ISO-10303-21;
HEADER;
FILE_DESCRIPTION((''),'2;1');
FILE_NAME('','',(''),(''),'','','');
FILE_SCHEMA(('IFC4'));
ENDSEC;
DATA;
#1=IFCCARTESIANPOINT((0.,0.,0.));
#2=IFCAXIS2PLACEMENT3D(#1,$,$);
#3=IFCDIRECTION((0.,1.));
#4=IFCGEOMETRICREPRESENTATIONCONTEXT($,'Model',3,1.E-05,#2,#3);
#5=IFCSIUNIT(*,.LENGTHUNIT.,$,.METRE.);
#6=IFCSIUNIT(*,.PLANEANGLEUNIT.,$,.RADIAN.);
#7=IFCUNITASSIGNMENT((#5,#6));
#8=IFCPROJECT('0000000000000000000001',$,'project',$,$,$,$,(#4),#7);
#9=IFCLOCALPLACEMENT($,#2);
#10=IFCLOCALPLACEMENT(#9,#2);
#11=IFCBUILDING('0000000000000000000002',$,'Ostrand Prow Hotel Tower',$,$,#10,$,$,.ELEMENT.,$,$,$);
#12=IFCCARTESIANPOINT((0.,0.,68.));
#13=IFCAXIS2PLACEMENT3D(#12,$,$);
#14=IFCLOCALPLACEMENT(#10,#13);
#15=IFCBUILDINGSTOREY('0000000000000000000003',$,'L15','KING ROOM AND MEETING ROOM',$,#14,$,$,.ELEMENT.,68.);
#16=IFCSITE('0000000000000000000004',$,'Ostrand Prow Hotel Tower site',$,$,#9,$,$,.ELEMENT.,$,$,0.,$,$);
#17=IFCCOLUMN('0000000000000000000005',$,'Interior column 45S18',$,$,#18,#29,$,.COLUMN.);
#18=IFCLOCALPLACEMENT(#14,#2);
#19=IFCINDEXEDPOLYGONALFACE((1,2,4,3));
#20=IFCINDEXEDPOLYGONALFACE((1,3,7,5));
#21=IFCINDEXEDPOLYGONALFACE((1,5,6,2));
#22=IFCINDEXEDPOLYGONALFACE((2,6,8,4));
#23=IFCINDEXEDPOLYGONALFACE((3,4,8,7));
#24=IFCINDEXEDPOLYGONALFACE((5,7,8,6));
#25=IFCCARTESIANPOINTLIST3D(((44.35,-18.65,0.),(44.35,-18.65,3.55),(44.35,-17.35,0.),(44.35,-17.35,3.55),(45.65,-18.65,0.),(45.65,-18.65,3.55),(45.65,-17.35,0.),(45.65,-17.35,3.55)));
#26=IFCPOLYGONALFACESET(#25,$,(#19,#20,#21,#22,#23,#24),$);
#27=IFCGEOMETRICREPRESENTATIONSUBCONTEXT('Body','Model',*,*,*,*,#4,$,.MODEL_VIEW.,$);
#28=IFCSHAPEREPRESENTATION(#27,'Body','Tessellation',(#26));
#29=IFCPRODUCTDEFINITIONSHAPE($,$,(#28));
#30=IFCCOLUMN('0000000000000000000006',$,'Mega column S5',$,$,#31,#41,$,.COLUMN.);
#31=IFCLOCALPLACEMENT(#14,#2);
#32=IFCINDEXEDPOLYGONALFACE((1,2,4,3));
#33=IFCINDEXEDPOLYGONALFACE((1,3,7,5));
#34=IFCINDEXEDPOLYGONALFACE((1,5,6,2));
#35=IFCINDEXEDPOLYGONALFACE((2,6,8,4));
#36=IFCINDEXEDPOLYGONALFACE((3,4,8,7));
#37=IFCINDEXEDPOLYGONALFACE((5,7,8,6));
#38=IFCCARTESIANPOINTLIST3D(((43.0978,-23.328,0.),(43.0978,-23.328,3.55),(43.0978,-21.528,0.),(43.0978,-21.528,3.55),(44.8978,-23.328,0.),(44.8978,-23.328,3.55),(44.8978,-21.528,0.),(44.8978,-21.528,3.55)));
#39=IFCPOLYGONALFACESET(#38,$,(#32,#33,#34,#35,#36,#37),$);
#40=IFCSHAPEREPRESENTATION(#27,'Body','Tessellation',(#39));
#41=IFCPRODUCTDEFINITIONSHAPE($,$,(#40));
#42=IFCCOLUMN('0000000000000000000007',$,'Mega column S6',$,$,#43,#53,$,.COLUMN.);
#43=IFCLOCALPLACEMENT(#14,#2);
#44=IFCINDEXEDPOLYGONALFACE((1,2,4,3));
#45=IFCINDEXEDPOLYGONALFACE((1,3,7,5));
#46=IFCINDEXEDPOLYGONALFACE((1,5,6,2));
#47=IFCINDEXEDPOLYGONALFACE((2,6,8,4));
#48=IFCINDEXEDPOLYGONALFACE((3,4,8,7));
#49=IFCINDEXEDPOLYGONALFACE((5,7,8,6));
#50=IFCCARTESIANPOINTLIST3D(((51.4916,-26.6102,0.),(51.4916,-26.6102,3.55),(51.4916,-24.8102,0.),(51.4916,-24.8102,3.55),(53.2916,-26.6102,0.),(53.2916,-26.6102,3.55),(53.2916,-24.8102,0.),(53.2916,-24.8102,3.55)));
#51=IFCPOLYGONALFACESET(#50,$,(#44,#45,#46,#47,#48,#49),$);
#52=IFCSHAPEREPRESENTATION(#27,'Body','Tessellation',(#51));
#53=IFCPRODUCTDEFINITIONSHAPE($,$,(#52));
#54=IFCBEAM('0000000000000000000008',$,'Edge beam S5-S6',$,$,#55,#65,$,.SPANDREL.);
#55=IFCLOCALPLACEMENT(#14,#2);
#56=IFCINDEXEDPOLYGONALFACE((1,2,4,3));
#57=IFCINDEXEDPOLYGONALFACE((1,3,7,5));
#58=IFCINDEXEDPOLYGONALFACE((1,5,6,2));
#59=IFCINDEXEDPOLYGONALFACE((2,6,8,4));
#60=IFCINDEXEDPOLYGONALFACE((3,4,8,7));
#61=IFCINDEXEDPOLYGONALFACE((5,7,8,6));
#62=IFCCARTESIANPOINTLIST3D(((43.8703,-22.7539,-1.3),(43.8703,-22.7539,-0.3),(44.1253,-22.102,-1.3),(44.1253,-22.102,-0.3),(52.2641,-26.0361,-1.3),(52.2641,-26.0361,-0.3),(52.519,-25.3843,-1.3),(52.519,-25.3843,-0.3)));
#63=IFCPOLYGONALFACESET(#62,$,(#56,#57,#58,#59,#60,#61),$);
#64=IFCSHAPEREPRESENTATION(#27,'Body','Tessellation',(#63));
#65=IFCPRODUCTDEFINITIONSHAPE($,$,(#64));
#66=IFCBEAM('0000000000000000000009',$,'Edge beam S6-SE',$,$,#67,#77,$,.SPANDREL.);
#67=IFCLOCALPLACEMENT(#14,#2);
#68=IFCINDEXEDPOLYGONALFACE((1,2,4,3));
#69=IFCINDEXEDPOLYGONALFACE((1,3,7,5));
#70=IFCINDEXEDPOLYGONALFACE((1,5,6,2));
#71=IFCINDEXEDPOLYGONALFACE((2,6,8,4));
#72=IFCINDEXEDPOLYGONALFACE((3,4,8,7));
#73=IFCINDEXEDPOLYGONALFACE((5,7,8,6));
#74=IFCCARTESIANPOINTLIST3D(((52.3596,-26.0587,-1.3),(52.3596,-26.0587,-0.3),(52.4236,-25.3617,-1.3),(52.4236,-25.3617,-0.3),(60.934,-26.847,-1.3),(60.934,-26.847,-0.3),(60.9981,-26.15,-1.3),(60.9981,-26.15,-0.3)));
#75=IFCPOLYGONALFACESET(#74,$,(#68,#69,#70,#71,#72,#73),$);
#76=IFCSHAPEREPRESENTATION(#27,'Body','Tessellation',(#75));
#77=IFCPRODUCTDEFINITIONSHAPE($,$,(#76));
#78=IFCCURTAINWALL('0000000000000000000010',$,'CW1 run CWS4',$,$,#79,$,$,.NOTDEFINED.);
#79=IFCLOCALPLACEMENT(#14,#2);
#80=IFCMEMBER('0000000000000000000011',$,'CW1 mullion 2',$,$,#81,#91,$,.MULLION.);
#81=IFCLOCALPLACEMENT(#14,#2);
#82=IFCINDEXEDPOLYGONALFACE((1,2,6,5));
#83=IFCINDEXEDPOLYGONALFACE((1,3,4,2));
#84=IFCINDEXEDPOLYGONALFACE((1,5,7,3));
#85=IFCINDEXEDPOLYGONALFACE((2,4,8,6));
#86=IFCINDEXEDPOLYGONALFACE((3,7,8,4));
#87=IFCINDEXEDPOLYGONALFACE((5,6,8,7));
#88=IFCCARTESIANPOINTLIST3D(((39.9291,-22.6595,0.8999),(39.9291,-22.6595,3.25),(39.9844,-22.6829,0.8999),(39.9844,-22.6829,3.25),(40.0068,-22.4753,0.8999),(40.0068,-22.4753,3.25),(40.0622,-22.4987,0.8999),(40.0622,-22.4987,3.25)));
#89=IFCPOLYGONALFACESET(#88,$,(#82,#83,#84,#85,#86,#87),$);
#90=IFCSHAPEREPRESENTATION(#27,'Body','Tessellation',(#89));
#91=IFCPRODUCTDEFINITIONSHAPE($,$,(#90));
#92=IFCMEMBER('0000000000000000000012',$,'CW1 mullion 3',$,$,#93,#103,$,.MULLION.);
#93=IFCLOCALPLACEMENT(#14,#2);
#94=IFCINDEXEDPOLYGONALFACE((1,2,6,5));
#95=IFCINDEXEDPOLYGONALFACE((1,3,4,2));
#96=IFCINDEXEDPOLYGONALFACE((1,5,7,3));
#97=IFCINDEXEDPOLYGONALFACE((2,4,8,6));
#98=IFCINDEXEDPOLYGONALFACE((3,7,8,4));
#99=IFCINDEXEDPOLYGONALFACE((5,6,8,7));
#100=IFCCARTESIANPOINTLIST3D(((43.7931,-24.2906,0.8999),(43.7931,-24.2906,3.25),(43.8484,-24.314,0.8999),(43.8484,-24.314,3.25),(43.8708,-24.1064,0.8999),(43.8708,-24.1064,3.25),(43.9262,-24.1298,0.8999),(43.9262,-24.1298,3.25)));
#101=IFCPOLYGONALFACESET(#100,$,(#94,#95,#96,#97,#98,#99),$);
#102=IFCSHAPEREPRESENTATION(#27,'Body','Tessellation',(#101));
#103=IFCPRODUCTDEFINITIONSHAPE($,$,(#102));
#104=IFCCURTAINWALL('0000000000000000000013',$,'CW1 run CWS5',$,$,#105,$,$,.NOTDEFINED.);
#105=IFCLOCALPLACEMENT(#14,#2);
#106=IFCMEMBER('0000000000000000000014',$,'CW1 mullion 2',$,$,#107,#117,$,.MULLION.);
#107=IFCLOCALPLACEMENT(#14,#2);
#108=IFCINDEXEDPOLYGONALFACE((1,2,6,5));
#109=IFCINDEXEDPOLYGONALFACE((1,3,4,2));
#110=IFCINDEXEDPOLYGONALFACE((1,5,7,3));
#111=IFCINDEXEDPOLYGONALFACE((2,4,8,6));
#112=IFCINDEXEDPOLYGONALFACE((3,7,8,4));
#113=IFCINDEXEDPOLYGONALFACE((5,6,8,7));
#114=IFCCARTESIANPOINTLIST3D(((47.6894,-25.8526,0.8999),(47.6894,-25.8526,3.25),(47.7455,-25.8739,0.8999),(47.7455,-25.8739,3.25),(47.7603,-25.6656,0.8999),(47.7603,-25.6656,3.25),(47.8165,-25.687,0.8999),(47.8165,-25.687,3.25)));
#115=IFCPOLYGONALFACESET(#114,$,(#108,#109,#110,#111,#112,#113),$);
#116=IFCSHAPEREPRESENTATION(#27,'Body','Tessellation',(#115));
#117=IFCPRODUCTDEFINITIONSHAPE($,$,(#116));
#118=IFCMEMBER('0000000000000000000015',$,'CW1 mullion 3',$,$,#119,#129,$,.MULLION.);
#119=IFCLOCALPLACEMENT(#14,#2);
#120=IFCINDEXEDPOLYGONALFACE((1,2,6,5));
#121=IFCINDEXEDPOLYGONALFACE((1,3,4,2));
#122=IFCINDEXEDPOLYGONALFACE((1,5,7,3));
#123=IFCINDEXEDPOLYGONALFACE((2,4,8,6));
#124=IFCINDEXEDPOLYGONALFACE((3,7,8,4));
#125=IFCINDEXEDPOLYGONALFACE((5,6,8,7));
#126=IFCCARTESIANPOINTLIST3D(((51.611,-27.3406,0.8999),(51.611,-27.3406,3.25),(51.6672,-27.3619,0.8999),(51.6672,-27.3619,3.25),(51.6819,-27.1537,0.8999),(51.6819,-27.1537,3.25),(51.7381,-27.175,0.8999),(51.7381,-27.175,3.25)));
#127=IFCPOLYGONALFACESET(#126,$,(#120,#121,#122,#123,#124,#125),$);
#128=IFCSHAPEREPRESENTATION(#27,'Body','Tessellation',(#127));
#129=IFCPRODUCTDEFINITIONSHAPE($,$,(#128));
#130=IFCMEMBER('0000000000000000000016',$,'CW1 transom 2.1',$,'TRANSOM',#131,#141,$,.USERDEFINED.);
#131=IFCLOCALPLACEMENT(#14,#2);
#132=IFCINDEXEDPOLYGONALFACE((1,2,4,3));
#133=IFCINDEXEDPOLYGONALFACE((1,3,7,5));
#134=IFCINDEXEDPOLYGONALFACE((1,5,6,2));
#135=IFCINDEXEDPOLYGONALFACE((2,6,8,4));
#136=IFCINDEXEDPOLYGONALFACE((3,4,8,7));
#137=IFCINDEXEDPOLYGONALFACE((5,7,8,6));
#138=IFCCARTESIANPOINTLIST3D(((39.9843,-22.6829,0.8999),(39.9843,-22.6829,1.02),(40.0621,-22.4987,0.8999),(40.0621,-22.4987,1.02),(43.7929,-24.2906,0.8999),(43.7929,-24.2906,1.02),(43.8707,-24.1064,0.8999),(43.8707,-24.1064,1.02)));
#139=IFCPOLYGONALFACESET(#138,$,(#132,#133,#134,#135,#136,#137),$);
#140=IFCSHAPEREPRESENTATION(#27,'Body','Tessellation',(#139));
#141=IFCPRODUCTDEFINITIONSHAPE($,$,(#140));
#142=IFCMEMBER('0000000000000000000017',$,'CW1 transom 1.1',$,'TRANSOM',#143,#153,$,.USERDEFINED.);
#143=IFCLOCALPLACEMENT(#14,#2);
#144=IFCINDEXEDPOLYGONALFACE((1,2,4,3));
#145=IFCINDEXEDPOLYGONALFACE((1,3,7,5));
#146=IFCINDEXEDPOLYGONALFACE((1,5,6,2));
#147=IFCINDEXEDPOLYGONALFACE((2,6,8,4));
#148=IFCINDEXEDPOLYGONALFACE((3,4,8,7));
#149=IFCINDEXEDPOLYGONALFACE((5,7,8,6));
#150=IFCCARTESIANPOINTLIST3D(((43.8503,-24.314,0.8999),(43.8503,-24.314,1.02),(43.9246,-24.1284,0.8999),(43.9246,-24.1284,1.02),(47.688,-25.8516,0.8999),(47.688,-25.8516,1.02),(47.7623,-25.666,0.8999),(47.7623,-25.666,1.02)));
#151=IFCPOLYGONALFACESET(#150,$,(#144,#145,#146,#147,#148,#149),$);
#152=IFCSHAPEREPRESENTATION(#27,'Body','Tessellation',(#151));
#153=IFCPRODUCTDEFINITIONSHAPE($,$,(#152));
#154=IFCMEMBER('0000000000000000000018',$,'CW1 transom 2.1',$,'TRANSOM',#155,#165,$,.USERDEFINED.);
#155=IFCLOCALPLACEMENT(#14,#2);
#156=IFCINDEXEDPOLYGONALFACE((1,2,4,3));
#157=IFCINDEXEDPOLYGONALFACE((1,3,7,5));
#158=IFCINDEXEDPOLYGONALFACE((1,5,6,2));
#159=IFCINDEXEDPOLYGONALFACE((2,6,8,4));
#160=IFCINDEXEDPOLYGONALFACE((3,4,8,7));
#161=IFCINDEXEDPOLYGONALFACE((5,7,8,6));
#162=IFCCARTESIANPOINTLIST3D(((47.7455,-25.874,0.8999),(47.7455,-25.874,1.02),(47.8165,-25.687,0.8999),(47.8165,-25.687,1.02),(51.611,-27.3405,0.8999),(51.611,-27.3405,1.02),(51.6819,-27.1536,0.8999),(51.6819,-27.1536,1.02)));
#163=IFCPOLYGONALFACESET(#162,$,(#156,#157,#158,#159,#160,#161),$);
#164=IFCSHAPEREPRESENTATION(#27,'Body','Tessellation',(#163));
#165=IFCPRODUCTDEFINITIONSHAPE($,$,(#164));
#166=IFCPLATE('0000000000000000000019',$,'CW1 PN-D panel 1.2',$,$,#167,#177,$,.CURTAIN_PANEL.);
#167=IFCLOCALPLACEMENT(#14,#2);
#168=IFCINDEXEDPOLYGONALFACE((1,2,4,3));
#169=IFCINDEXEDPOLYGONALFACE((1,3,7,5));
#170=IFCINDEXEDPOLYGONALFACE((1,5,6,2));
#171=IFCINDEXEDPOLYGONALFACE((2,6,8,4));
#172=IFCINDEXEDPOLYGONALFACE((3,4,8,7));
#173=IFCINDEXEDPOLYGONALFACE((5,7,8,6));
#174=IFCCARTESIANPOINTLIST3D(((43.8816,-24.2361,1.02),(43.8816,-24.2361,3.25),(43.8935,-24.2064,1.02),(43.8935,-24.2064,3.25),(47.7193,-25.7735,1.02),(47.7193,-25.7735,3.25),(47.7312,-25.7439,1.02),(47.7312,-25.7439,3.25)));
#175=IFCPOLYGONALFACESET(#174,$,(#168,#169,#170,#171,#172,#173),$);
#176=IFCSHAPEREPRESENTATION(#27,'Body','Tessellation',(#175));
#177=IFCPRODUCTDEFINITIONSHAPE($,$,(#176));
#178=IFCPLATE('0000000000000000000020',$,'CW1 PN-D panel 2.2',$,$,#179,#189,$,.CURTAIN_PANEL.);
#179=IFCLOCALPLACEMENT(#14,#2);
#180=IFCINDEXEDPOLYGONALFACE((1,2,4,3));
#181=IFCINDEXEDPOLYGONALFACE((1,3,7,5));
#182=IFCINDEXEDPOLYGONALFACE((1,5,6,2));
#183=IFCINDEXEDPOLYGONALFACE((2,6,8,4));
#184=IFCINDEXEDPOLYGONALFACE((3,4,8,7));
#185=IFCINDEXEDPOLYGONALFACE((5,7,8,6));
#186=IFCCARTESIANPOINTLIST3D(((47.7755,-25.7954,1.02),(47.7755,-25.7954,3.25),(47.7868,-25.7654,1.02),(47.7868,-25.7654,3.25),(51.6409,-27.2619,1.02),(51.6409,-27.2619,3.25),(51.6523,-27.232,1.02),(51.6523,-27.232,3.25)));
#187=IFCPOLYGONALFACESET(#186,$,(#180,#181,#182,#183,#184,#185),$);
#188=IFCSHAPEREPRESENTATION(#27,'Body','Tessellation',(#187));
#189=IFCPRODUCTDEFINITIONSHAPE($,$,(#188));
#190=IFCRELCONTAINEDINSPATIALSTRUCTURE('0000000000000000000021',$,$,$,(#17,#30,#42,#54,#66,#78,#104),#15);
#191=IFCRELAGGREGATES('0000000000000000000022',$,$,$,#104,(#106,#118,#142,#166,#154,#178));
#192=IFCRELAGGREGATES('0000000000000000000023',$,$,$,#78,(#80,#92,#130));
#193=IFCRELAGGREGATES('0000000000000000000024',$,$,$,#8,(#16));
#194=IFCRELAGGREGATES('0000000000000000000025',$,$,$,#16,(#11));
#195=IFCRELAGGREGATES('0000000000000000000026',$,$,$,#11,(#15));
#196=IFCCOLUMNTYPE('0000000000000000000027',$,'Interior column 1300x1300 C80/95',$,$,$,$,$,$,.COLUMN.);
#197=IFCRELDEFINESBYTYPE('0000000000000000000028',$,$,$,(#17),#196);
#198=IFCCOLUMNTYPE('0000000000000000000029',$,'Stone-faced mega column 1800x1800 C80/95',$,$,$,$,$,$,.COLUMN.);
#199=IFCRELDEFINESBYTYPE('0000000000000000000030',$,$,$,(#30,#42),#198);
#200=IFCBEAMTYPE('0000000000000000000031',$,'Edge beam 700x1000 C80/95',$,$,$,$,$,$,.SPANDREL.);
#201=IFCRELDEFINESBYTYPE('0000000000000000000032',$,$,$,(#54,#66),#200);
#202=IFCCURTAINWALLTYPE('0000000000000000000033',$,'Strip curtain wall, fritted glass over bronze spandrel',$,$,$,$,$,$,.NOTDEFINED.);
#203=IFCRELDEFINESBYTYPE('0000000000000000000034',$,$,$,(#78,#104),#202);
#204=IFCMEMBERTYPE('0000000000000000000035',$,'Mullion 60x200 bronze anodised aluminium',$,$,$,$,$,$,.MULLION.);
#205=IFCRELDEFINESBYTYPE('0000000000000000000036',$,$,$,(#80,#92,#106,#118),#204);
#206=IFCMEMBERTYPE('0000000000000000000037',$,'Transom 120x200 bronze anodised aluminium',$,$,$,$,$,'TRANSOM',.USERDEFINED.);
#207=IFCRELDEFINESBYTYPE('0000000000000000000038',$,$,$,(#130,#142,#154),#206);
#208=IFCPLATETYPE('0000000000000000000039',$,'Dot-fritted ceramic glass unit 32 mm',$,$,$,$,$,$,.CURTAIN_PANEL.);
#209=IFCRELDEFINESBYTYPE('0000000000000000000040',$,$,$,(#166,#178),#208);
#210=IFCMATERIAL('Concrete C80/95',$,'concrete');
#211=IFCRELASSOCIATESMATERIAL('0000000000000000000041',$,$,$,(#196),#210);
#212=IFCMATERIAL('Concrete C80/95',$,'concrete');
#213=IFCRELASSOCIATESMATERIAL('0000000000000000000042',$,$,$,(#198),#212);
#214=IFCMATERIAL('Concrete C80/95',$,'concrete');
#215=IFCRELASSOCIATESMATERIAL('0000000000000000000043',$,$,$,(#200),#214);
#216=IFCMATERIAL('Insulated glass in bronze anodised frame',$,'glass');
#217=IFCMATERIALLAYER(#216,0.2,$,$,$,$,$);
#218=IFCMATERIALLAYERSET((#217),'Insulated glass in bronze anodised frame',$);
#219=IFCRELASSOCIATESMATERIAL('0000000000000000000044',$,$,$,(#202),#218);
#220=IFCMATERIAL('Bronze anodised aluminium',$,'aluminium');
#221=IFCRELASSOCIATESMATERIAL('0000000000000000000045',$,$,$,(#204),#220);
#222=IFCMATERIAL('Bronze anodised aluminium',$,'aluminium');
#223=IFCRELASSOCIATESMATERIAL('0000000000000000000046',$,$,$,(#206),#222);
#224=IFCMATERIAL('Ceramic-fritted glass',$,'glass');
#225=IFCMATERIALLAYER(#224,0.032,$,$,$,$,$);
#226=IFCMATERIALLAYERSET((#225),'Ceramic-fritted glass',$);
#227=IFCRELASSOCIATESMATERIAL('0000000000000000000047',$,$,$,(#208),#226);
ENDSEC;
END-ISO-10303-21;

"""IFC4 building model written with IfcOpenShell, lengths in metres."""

from ifc_helpers import new_model, si_unit, direction, frame, origin, origin_2d, place, context, subcontext, project, spatial, rectangle, extrude, material, layer, layer_set, material_profile, profile_set, type_object, element, aggregate, save


model = new_model("IFC4")

# Units and contexts
model_context = context("Model", 3, precision=1e-05, world=origin(), true_north=direction((0.0, 1.0)))
body_context = subcontext(model_context, "Body", "Model", "MODEL_VIEW")
ifc_project = project(units=[si_unit("LENGTHUNIT", "METRE"), si_unit("PLANEANGLEUNIT", "RADIAN")], contexts=[model_context])

# Site, building, storey
site_placement = place(None, origin())
site = spatial("IfcSite", under=ifc_project, at=site_placement, Name="Ostrand Prow Hotel Tower site", CompositionType="ELEMENT", RefElevation=0.0)
building_placement = place(site_placement, origin())
building = spatial("IfcBuilding", under=site, at=building_placement, Name="Ostrand Prow Hotel Tower", CompositionType="ELEMENT")
storey_placement = place(building_placement, frame((0.0, 0.0, 68.0)))
storey = spatial("IfcBuildingStorey", under=building, at=storey_placement, Name="L15", Description="KING ROOM AND MEETING ROOM", CompositionType="ELEMENT", Elevation=68.0)

# Columns
ifc_material_1 = material(Name="Concrete C80/95", Category="concrete")
ifc_material_profile_1 = material_profile(ifc_material_1, rectangle(XDim=1.3, YDim=1.3, at=origin_2d()), Name="RC 1300x1300")
ifc_profile_set_1 = profile_set([ifc_material_profile_1], Name="Concrete C80/95")
column_type_1 = type_object("IfcColumnType", Name="Interior column 1300x1300 C80/95", PredefinedType="COLUMN", material=ifc_profile_set_1)
column_placement = place(storey_placement, frame((45.0, -18.0, 0.0), z_axis=(0.0, 0.0, 1.0), x_axis=(1.0, 0.0, 0.0)))
element("IfcColumn", 1, at=column_placement, inside=storey, type_object=column_type_1, Name="Interior column 45S18", PredefinedType="COLUMN", context=body_context, shape_type="SweptSolid", body=[
    extrude(rectangle(XDim=1.3, YDim=1.3, at=origin_2d()), origin(), (0.0, 0.0, 1.0), 3.55),
])
ifc_material_2 = material(Name="Concrete C80/95", Category="concrete")
ifc_material_profile_2 = material_profile(ifc_material_2, rectangle(XDim=1.8, YDim=1.8, at=origin_2d()), Name="RC 1800x1800")
ifc_profile_set_2 = profile_set([ifc_material_profile_2], Name="Concrete C80/95")
column_type_2 = type_object("IfcColumnType", Name="Stone-faced mega column 1800x1800 C80/95", PredefinedType="COLUMN", material=ifc_profile_set_2)
for number, where, z_axis, x_axis, name in (
    (2, (43.9978, -22.428, 0.0), (0.0, 0.0, 1.0), (1.0, 0.0, 0.0), "Mega column S5"),
    (3, (52.3916, -25.7102, 0.0), (0.0, 0.0, 1.0), (1.0, 0.0, 0.0), "Mega column S6"),
):
    element("IfcColumn", number, at=place(storey_placement, frame(where, z_axis=z_axis, x_axis=x_axis)), inside=storey, type_object=column_type_2, Name=name, PredefinedType="COLUMN", context=body_context, shape_type="SweptSolid", body=[
        extrude(rectangle(XDim=1.8, YDim=1.8, at=origin_2d()), origin(), (0.0, 0.0, 1.0), 3.55),
    ])

# Beams
ifc_material_3 = material(Name="Concrete C80/95", Category="concrete")
ifc_material_profile_3 = material_profile(ifc_material_3, rectangle(XDim=0.7, YDim=1.0, at=origin_2d()), Name="RC 700x1000")
ifc_profile_set_3 = profile_set([ifc_material_profile_3], Name="Concrete C80/95")
beam_type = type_object("IfcBeamType", Name="Edge beam 700x1000 C80/95", PredefinedType="SPANDREL", material=ifc_profile_set_3)
beam_1_placement = place(storey_placement, frame((43.9978, -22.428, -0.8), z_axis=(0.931329, -0.364178, 0.0), x_axis=(0.364178, 0.931329, 0.0)))
element("IfcBeam", 4, at=beam_1_placement, inside=storey, type_object=beam_type, Name="Edge beam S5-S6", PredefinedType="SPANDREL", context=body_context, shape_type="SweptSolid", body=[
    extrude(rectangle(XDim=0.7, YDim=1.0, at=origin_2d()), origin(), (0.0, 0.0, 1.0), 9.0127),
])
beam_2_placement = place(storey_placement, frame((52.3916, -25.7102, -0.8), z_axis=(0.9958, -0.091553, 0.0), x_axis=(0.091553, 0.9958, 0.0)))
element("IfcBeam", 5, at=beam_2_placement, inside=storey, type_object=beam_type, Name="Edge beam S6-SE", PredefinedType="SPANDREL", context=body_context, shape_type="SweptSolid", body=[
    extrude(rectangle(XDim=0.7, YDim=1.0, at=origin_2d()), origin(), (0.0, 0.0, 1.0), 8.6106),
])

# Curtain walls, members
ifc_material_4 = material(Name="Insulated glass in bronze anodised frame", Category="glass")
ifc_layer_1 = layer(ifc_material_4, 0.2)
ifc_layer_set_1 = layer_set([ifc_layer_1], Name="Insulated glass in bronze anodised frame")
curtain_wall_type = type_object("IfcCurtainWallType", Name="Strip curtain wall, fritted glass over bronze spandrel", PredefinedType="NOTDEFINED", material=ifc_layer_set_1)
curtain_wall_1_placement = place(storey_placement, origin())
curtain_wall_1 = element("IfcCurtainWall", 6, at=curtain_wall_1_placement, inside=storey, type_object=curtain_wall_type, Name="CW1 run CWS4", PredefinedType="NOTDEFINED")
ifc_material_5 = material(Name="Bronze anodised aluminium", Category="aluminium")
ifc_material_profile_4 = material_profile(ifc_material_5, rectangle(XDim=0.2, YDim=0.0601, at=origin_2d()), Name="Mullion 60x200 bronze anodised aluminium")
ifc_profile_set_4 = profile_set([ifc_material_profile_4], Name="Bronze anodised aluminium")
member_type_1 = type_object("IfcMemberType", Name="Mullion 60x200 bronze anodised aluminium", PredefinedType="MULLION", material=ifc_profile_set_4)
member_1_placement = place(storey_placement, frame((39.9956, -22.5791, 0.8999), z_axis=(0.0, 0.0, 1.0), x_axis=(0.388892, 0.921283, 0.0)))
member_1 = element("IfcMember", 7, at=member_1_placement, type_object=member_type_1, Name="CW1 mullion 2", PredefinedType="MULLION", context=body_context, shape_type="SweptSolid", body=[
    extrude(rectangle(XDim=0.2, YDim=0.0601, at=origin_2d()), origin(), (0.0, 0.0, 1.0), 2.3501),
])
member_2_placement = place(storey_placement, frame((43.8596, -24.2102, 0.8999), z_axis=(0.0, 0.0, 1.0), x_axis=(0.388892, 0.921283, 0.0)))
member_2 = element("IfcMember", 8, at=member_2_placement, type_object=member_type_1, Name="CW1 mullion 3", PredefinedType="MULLION", context=body_context, shape_type="SweptSolid", body=[
    extrude(rectangle(XDim=0.2, YDim=0.0601, at=origin_2d()), origin(), (0.0, 0.0, 1.0), 2.3501),
])
curtain_wall_2_placement = place(storey_placement, origin())
curtain_wall_2 = element("IfcCurtainWall", 9, at=curtain_wall_2_placement, inside=storey, type_object=curtain_wall_type, Name="CW1 run CWS5", PredefinedType="NOTDEFINED")
member_3_placement = place(storey_placement, frame((47.7529, -25.7698, 0.8999), z_axis=(0.0, 0.0, 1.0), x_axis=(0.354728, 0.934969, 0.0)))
member_3 = element("IfcMember", 10, at=member_3_placement, type_object=member_type_1, Name="CW1 mullion 2", PredefinedType="MULLION", context=body_context, shape_type="SweptSolid", body=[
    extrude(rectangle(XDim=0.2, YDim=0.0601, at=origin_2d()), origin(), (0.0, 0.0, 1.0), 2.3501),
])
member_4_placement = place(storey_placement, frame((51.6746, -27.2578, 0.8999), z_axis=(0.0, 0.0, 1.0), x_axis=(0.354728, 0.934969, 0.0)))
member_4 = element("IfcMember", 11, at=member_4_placement, type_object=member_type_1, Name="CW1 mullion 3", PredefinedType="MULLION", context=body_context, shape_type="SweptSolid", body=[
    extrude(rectangle(XDim=0.2, YDim=0.0601, at=origin_2d()), origin(), (0.0, 0.0, 1.0), 2.3501),
])

# Members
ifc_material_6 = material(Name="Bronze anodised aluminium", Category="aluminium")
ifc_material_profile_5 = material_profile(ifc_material_6, rectangle(XDim=0.2, YDim=0.1201, at=origin_2d()), Name="Transom 120x200 bronze anodised aluminium")
ifc_profile_set_5 = profile_set([ifc_material_profile_5], Name="Bronze anodised aluminium")
member_type_2 = type_object("IfcMemberType", Name="Transom 120x200 bronze anodised aluminium", ElementType="TRANSOM", PredefinedType="USERDEFINED", material=ifc_profile_set_5)
member_5_placement = place(storey_placement, frame((40.0232, -22.5908, 0.96), z_axis=(0.921285, -0.388888, 0.0), x_axis=(0.388888, 0.921285, 0.0)))
member_5 = element("IfcMember", 12, at=member_5_placement, type_object=member_type_2, Name="CW1 transom 2.1", ObjectType="TRANSOM", PredefinedType="USERDEFINED", context=body_context, shape_type="SweptSolid", body=[
    extrude(rectangle(XDim=0.2, YDim=0.1201, at=origin_2d()), origin(), (0.0, 0.0, 1.0), 4.134),
])
member_6_placement = place(storey_placement, frame((43.8875, -24.2212, 0.96), z_axis=(0.928265, -0.37192, 0.0), x_axis=(0.37192, 0.928265, 0.0)))
member_6 = element("IfcMember", 13, at=member_6_placement, type_object=member_type_2, Name="CW1 transom 1.1", ObjectType="TRANSOM", PredefinedType="USERDEFINED", context=body_context, shape_type="SweptSolid", body=[
    extrude(rectangle(XDim=0.2, YDim=0.1201, at=origin_2d()), origin(), (0.0, 0.0, 1.0), 4.1343),
])
member_7_placement = place(storey_placement, frame((47.781, -25.7805, 0.96), z_axis=(0.934971, -0.354725, 0.0), x_axis=(0.354725, 0.934971, 0.0)))
member_7 = element("IfcMember", 14, at=member_7_placement, type_object=member_type_2, Name="CW1 transom 2.1", ObjectType="TRANSOM", PredefinedType="USERDEFINED", context=body_context, shape_type="SweptSolid", body=[
    extrude(rectangle(XDim=0.2, YDim=0.1201, at=origin_2d()), origin(), (0.0, 0.0, 1.0), 4.1343),
])

# Plates
ifc_material_7 = material(Name="Ceramic-fritted glass", Category="glass")
ifc_layer_2 = layer(ifc_material_7, 0.032)
ifc_layer_set_2 = layer_set([ifc_layer_2], Name="Ceramic-fritted glass")
plate_type_1 = type_object("IfcPlateType", Name="Dot-fritted ceramic glass unit 32 mm", PredefinedType="CURTAIN_PANEL", material=ifc_layer_set_2)
plate_1_placement = place(storey_placement, frame((45.8064, -24.99, 1.02), z_axis=(0.0, 0.0, 1.0), x_axis=(0.928283, -0.371873, 0.0)))
plate_1 = element("IfcPlate", 15, at=plate_1_placement, type_object=plate_type_1, Name="CW1 PN-D panel 1.2", PredefinedType="CURTAIN_PANEL", context=body_context, shape_type="SweptSolid", body=[
    extrude(rectangle(XDim=4.1343, YDim=0.032, at=origin_2d()), origin(), (0.0, 0.0, 1.0), 2.23),
])
plate_2_placement = place(storey_placement, frame((49.7139, -26.5137, 1.02), z_axis=(0.0, 0.0, 1.0), x_axis=(0.934969, -0.354728, 0.0)))
plate_2 = element("IfcPlate", 16, at=plate_2_placement, type_object=plate_type_1, Name="CW1 PN-D panel 2.2", PredefinedType="CURTAIN_PANEL", context=body_context, shape_type="SweptSolid", body=[
    extrude(rectangle(XDim=4.1343, YDim=0.032, at=origin_2d()), origin(), (0.0, 0.0, 1.0), 2.23),
])
aggregate(curtain_wall_2, [member_3, member_4, member_6, plate_1, member_7, plate_2])
aggregate(curtain_wall_1, [member_1, member_2, member_5])

save(model, "model.ifc")
